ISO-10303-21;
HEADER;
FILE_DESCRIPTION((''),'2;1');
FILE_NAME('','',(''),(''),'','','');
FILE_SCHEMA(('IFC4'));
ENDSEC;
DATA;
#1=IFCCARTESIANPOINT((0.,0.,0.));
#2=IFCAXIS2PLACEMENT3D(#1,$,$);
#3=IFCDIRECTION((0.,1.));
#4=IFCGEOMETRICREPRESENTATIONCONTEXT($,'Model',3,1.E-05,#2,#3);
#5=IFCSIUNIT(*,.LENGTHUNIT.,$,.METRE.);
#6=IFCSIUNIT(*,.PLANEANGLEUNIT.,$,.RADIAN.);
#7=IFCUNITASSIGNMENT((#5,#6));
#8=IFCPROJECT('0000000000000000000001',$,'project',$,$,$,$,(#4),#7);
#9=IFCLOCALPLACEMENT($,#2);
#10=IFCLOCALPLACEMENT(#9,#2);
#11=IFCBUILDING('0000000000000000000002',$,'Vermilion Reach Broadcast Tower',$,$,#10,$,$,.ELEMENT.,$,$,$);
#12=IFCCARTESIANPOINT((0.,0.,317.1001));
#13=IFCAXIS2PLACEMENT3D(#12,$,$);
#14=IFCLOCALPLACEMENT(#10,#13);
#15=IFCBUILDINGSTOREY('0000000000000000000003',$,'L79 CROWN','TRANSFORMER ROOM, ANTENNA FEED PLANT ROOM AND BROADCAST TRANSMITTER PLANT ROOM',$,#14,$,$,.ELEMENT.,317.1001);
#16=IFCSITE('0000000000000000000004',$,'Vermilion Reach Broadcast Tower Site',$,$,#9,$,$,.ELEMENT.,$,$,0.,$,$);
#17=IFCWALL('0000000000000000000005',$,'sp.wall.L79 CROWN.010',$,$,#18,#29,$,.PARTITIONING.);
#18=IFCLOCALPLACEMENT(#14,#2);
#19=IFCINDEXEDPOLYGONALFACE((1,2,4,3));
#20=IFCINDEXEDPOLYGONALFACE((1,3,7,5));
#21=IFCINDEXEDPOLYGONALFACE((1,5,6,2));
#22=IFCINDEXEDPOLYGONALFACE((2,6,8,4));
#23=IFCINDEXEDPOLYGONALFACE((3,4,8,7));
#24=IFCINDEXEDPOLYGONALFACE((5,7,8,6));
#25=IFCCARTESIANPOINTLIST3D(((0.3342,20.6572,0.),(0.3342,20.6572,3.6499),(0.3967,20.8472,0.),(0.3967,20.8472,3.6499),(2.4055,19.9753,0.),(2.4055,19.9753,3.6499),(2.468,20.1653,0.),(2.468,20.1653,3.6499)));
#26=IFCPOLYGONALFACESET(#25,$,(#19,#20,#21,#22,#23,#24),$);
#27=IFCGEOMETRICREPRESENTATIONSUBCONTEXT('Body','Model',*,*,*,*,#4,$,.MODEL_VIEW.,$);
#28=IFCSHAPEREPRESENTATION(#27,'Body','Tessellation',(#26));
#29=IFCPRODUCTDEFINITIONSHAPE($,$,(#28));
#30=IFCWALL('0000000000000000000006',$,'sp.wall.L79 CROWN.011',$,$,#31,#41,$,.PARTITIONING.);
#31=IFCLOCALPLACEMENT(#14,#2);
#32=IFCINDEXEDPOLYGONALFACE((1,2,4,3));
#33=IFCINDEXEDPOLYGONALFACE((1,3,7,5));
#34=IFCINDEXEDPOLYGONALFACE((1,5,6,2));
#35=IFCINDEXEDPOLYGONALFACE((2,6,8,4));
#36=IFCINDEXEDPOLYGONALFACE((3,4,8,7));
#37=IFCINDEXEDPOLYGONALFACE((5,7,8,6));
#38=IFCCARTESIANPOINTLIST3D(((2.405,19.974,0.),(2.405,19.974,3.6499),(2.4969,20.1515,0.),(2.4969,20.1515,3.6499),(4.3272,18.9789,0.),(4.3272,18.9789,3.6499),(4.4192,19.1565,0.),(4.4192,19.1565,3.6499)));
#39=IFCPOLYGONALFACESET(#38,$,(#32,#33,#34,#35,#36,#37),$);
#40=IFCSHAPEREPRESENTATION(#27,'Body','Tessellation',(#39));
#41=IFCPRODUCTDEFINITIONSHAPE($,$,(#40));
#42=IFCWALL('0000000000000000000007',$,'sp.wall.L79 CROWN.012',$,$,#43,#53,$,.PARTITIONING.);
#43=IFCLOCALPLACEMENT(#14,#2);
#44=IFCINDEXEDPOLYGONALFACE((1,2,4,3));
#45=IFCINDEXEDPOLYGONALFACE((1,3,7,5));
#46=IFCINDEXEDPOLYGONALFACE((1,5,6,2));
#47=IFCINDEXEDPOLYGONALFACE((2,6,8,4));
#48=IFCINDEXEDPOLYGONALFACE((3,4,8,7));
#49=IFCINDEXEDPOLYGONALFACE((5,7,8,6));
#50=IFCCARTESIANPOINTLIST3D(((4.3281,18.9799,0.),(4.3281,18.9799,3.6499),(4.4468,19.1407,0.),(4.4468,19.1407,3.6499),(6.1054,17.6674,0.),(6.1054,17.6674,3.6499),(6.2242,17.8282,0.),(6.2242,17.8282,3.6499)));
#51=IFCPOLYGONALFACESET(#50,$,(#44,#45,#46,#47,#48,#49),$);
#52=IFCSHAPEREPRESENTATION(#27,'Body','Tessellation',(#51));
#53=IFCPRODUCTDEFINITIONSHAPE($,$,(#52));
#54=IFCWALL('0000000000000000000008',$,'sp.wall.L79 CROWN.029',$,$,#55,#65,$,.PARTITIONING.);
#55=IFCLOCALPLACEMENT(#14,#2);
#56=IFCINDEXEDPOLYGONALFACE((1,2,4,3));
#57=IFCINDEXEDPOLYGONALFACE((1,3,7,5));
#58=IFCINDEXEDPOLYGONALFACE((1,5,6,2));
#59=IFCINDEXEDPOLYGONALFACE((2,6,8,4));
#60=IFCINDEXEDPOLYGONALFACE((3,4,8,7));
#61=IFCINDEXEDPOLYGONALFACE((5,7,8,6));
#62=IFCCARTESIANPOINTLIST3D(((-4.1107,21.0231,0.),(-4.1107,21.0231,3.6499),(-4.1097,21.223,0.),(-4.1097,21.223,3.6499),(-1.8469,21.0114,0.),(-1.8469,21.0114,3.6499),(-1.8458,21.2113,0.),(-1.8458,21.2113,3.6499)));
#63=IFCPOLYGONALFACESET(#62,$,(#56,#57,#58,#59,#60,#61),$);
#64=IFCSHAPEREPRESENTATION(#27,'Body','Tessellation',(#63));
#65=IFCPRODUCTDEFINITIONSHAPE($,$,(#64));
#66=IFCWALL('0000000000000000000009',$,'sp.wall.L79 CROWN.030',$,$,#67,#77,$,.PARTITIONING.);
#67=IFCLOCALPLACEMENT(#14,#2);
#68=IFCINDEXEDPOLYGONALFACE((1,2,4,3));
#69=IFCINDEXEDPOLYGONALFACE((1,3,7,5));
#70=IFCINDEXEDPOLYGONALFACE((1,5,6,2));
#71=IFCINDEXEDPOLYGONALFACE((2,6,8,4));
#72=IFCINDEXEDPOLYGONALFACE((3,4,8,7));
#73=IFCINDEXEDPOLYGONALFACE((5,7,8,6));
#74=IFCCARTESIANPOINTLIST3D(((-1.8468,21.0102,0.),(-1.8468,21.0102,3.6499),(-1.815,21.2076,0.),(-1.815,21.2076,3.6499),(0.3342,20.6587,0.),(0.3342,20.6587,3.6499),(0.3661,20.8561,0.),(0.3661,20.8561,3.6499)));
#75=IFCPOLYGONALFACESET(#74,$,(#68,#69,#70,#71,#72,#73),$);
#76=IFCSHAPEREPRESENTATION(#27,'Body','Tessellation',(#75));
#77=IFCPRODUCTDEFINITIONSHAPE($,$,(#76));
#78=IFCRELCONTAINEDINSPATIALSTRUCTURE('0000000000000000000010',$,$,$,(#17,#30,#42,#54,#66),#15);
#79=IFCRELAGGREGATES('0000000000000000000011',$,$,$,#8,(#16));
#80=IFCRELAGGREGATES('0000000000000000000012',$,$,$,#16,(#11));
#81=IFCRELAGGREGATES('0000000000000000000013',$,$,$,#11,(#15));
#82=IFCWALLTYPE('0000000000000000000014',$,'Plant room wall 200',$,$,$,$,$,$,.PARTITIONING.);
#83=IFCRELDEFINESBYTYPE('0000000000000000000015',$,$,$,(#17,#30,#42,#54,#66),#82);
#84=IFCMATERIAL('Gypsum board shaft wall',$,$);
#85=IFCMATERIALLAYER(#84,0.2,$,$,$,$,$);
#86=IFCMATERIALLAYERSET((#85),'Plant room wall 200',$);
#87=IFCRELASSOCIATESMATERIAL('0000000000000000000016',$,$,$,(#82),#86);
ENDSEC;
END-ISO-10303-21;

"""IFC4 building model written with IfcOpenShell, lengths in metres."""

from ifc_helpers import new_model, si_unit, direction, frame, frame_2d, origin, place, context, subcontext, project, spatial, rectangle, extrude, material, layer, layer_set, type_object, element, save


model = new_model("IFC4")

# Units and contexts
model_context = context("Model", 3, precision=1e-05, world=origin(), true_north=direction((0.0, 1.0)))
body_context = subcontext(model_context, "Body", "Model", "MODEL_VIEW")
ifc_project = project(units=[si_unit("LENGTHUNIT", "METRE"), si_unit("PLANEANGLEUNIT", "RADIAN")], contexts=[model_context])

# Site, building, storey
site_placement = place(None, origin())
site = spatial("IfcSite", under=ifc_project, at=site_placement, Name="Vermilion Reach Broadcast Tower Site", CompositionType="ELEMENT", RefElevation=0.0)
building_placement = place(site_placement, origin())
building = spatial("IfcBuilding", under=site, at=building_placement, Name="Vermilion Reach Broadcast Tower", CompositionType="ELEMENT")
storey_placement = place(building_placement, frame((0.0, 0.0, 317.1001)))
storey = spatial("IfcBuildingStorey", under=building, at=storey_placement, Name="L79 CROWN", Description="TRANSFORMER ROOM, ANTENNA FEED PLANT ROOM AND BROADCAST TRANSMITTER PLANT ROOM", CompositionType="ELEMENT", Elevation=317.1001)

# Walls
ifc_material_1 = material(Name="Gypsum board shaft wall")
ifc_layer_1 = layer(ifc_material_1, 0.2)
ifc_layer_set_1 = layer_set([ifc_layer_1], Name="Plant room wall 200")
wall_type = type_object("IfcWallType", Name="Plant room wall 200", PredefinedType="PARTITIONING", material=ifc_layer_set_1)
wall_1_placement = place(storey_placement, frame((0.3655, 20.7522, 0.0), z_axis=(0.0, 0.0, 1.0), x_axis=(0.949852, -0.312699, 0.0)))
element("IfcWall", 1, at=wall_1_placement, inside=storey, type_object=wall_type, Name="sp.wall.L79 CROWN.010", PredefinedType="PARTITIONING", context=body_context, shape_type="SweptSolid", body=[
    extrude(rectangle(XDim=2.1807, YDim=0.2, at=frame_2d((1.0903, 0.0))), origin(), (0.0, 0.0, 1.0), 3.6499),
])
wall_2_placement = place(storey_placement, frame((2.4509, 20.0627, 0.0), z_axis=(0.0, 0.0, 1.0), x_axis=(0.888068, -0.459711, 0.0)))
element("IfcWall", 2, at=wall_2_placement, inside=storey, type_object=wall_type, Name="sp.wall.L79 CROWN.011", PredefinedType="PARTITIONING", context=body_context, shape_type="SweptSolid", body=[
    extrude(rectangle(XDim=2.1646, YDim=0.2, at=frame_2d((1.0823, 0.0))), origin(), (0.0, 0.0, 1.0), 3.6499),
])
wall_3_placement = place(storey_placement, frame((4.3875, 19.0603, 0.0), z_axis=(0.0, 0.0, 1.0), x_axis=(0.804433, -0.594043, 0.0)))
element("IfcWall", 3, at=wall_3_placement, inside=storey, type_object=wall_type, Name="sp.wall.L79 CROWN.012", PredefinedType="PARTITIONING", context=body_context, shape_type="SweptSolid", body=[
    extrude(rectangle(XDim=2.2095, YDim=0.2, at=frame_2d((1.1047, 0.0))), origin(), (0.0, 0.0, 1.0), 3.6499),
])
wall_4_placement = place(storey_placement, frame((-4.1101, 21.123, 0.0), z_axis=(0.0, 0.0, 1.0), x_axis=(0.999987, -0.005176, 0.0)))
element("IfcWall", 4, at=wall_4_placement, inside=storey, type_object=wall_type, Name="sp.wall.L79 CROWN.029", PredefinedType="PARTITIONING", context=body_context, shape_type="SweptSolid", body=[
    extrude(rectangle(XDim=2.2639, YDim=0.2, at=frame_2d((1.1318, 0.0))), origin(), (0.0, 0.0, 1.0), 3.6499),
])
wall_5_placement = place(storey_placement, frame((-1.8308, 21.1089, 0.0), z_axis=(0.0, 0.0, 1.0), x_axis=(0.987258, -0.159128, 0.0)))
element("IfcWall", 5, at=wall_5_placement, inside=storey, type_object=wall_type, Name="sp.wall.L79 CROWN.030", PredefinedType="PARTITIONING", context=body_context, shape_type="SweptSolid", body=[
    extrude(rectangle(XDim=2.2092, YDim=0.2, at=frame_2d((1.1045, 0.0))), origin(), (0.0, 0.0, 1.0), 3.6499),
])

save(model, "model.ifc")
